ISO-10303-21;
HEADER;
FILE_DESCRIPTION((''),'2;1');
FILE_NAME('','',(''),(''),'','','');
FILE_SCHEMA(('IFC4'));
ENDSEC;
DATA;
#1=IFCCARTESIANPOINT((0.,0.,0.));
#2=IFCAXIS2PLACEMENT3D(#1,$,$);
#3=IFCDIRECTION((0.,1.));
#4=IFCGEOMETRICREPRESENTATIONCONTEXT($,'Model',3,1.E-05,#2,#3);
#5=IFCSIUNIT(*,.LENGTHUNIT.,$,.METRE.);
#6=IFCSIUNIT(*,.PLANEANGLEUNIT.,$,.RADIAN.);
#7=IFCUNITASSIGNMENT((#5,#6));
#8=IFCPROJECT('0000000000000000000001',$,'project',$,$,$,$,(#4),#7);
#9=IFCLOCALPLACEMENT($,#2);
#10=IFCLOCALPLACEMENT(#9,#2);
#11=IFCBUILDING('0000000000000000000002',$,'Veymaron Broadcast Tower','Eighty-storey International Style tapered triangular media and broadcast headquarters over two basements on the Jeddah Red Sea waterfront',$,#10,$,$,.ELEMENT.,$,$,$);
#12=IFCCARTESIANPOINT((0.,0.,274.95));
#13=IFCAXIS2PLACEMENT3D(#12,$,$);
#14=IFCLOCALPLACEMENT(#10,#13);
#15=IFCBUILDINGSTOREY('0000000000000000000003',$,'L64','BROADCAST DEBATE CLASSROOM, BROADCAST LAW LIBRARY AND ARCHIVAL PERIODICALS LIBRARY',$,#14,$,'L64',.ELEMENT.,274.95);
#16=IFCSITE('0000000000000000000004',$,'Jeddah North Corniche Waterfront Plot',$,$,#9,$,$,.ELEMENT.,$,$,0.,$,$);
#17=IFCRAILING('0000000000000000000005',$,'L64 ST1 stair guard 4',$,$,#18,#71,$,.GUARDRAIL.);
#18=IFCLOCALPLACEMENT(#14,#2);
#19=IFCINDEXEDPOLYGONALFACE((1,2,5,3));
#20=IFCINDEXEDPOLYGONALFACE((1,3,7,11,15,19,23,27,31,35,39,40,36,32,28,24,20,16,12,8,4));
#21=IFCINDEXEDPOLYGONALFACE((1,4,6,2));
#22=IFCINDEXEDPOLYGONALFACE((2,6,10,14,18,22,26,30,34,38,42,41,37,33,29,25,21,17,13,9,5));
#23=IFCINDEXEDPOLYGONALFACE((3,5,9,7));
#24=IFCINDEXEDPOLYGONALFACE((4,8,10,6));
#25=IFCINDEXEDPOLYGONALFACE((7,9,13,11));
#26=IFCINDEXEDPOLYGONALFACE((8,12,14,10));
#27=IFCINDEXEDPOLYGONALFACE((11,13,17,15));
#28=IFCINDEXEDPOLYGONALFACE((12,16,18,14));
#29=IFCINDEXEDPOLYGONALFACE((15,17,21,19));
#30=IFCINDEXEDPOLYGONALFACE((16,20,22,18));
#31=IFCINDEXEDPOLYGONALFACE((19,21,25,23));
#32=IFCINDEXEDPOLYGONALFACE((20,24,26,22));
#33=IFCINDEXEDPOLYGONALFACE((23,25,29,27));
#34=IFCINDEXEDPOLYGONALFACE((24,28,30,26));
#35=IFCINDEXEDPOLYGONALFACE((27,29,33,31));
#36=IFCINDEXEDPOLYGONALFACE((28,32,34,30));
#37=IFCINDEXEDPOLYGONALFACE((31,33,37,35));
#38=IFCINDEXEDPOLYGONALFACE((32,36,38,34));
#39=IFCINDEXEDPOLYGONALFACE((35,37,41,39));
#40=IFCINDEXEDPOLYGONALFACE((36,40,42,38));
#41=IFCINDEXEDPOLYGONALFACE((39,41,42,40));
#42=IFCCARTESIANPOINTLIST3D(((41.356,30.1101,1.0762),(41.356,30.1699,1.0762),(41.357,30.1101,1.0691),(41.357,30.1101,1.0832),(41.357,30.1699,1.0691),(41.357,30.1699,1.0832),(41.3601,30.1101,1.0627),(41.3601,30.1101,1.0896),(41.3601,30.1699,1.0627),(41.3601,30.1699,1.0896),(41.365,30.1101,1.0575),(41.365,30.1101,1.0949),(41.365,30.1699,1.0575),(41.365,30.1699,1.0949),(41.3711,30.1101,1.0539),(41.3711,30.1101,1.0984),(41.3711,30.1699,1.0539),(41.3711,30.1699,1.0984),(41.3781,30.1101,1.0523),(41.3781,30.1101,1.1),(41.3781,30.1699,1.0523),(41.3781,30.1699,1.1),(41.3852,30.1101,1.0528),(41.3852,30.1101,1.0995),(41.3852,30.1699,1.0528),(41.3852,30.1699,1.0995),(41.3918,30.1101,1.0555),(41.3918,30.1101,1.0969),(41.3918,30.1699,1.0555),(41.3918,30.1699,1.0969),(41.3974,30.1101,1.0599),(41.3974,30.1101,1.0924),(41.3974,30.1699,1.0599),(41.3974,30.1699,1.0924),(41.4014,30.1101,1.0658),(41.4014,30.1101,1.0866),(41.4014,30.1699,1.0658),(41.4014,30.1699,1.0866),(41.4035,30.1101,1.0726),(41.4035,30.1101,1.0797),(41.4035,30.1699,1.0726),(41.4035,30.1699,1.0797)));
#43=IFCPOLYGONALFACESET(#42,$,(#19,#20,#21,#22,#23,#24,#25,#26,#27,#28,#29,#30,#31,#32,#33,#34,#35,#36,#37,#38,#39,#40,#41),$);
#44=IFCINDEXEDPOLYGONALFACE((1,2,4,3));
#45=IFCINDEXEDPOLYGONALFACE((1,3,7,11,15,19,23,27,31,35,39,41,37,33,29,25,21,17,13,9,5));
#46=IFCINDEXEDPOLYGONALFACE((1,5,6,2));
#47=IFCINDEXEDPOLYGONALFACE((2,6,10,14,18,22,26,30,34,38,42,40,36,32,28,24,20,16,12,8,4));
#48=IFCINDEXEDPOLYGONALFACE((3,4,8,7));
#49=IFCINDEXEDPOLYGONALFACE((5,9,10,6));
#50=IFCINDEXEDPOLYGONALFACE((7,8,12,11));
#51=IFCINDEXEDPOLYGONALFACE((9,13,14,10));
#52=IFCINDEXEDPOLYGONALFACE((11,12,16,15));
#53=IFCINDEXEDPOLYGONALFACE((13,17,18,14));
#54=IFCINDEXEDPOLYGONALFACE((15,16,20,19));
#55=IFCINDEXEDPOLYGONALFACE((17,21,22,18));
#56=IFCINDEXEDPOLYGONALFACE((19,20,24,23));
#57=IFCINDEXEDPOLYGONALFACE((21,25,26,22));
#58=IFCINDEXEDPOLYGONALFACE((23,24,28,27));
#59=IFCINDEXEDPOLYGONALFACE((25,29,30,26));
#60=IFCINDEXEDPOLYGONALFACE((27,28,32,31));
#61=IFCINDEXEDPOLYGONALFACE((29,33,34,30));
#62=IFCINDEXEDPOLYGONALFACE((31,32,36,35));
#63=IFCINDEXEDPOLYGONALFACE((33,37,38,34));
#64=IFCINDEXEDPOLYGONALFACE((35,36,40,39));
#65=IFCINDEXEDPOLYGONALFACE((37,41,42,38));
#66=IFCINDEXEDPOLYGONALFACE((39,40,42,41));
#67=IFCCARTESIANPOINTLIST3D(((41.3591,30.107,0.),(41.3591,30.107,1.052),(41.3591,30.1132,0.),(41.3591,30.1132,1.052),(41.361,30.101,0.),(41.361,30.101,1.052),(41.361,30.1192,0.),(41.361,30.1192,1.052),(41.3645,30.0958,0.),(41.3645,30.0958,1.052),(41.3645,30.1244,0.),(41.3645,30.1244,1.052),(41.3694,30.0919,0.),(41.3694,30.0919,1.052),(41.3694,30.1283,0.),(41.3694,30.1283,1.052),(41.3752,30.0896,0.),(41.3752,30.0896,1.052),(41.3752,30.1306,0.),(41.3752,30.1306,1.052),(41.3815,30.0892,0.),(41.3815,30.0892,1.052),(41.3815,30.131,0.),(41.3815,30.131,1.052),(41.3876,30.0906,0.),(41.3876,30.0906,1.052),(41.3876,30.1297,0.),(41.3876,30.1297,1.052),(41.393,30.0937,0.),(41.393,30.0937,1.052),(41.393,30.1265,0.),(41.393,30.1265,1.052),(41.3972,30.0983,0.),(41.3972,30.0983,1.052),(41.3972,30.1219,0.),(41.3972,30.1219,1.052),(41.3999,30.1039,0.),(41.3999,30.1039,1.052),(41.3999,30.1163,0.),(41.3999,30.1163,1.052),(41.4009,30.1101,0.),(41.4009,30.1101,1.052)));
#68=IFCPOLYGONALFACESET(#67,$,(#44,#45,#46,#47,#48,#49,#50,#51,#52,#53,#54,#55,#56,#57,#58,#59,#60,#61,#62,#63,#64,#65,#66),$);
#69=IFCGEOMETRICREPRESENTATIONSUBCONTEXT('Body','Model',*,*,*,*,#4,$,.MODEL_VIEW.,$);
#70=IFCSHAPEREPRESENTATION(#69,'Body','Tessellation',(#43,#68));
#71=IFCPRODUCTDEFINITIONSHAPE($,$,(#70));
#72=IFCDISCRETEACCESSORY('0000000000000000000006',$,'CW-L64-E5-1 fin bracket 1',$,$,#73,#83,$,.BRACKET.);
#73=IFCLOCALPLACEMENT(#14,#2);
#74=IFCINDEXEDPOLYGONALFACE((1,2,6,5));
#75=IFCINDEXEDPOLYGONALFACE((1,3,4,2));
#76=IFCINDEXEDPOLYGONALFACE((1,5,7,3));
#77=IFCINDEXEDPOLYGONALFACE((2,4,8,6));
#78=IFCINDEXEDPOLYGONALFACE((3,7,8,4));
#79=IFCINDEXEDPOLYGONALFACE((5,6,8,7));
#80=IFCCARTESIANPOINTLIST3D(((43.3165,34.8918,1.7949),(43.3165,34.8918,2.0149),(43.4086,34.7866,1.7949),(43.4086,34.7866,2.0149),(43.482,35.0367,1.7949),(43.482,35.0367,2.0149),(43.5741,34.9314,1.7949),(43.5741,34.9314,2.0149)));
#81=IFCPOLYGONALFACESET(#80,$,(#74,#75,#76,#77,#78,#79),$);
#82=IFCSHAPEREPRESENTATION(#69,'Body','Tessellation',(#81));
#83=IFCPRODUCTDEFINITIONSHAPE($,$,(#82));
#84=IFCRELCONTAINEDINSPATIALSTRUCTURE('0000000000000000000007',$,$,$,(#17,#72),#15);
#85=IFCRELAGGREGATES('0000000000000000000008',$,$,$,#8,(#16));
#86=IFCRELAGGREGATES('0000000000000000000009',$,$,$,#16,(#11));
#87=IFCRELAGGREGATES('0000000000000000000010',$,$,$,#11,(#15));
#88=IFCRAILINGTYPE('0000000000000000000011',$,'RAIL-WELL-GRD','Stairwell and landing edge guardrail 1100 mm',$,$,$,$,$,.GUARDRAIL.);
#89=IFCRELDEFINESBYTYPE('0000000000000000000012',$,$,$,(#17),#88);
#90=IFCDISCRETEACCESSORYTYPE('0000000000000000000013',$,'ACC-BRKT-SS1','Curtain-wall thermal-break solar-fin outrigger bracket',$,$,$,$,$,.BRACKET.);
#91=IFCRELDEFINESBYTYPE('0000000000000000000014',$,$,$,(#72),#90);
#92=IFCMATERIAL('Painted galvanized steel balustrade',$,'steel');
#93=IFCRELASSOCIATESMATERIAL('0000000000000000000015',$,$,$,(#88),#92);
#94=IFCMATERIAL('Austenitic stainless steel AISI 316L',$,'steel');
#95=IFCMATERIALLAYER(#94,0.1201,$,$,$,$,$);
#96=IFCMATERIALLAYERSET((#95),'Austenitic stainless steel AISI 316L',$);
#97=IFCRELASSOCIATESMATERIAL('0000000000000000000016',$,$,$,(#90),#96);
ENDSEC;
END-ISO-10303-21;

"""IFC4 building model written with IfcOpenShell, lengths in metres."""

from ifc_helpers import new_model, si_unit, direction, frame, origin, origin_2d, place, context, subcontext, project, spatial, rectangle, circle, extrude, material, layer, layer_set, type_object, element, save


model = new_model("IFC4")

# Units and contexts
model_context = context("Model", 3, precision=1e-05, world=origin(), true_north=direction((0.0, 1.0)))
body_context = subcontext(model_context, "Body", "Model", "MODEL_VIEW")
ifc_project = project(units=[si_unit("LENGTHUNIT", "METRE"), si_unit("PLANEANGLEUNIT", "RADIAN")], contexts=[model_context])

# Site, building, storey
site_placement = place(None, origin())
site = spatial("IfcSite", under=ifc_project, at=site_placement, Name="Jeddah North Corniche Waterfront Plot", CompositionType="ELEMENT", RefElevation=0.0)
building_placement = place(site_placement, origin())
building = spatial("IfcBuilding", under=site, at=building_placement, Name="Veymaron Broadcast Tower", Description="Eighty-storey International Style tapered triangular media and broadcast headquarters over two basements on the Jeddah Red Sea waterfront", CompositionType="ELEMENT")
storey_placement = place(building_placement, frame((0.0, 0.0, 274.95)))
storey = spatial("IfcBuildingStorey", under=building, at=storey_placement, Name="L64", Description="BROADCAST DEBATE CLASSROOM, BROADCAST LAW LIBRARY AND ARCHIVAL PERIODICALS LIBRARY", LongName="L64", CompositionType="ELEMENT", Elevation=274.95)

# Railing
ifc_material_1 = material(Name="Painted galvanized steel balustrade", Category="steel")
railing_type_1 = type_object("IfcRailingType", Name="RAIL-WELL-GRD", Description="Stairwell and landing edge guardrail 1100 mm", PredefinedType="GUARDRAIL", material=ifc_material_1)
railing_1_placement = place(storey_placement, frame((41.3799, 30.1101, 0.0)))
element("IfcRailing", 1, at=railing_1_placement, inside=storey, type_object=railing_type_1, Name="L64 ST1 stair guard 4", PredefinedType="GUARDRAIL", context=body_context, shape_type="SweptSolid", body=[
    extrude(circle(Radius=0.0239, at=origin_2d()), frame((0.0, 0.0, 1.0762), z_axis=(0.0, 1.0, 0.0), x_axis=(-1.0, 0.0, 0.0)), (0.0, 0.0, 1.0), 0.0598),
    extrude(circle(Radius=0.021, at=origin_2d()), origin(), (0.0, 0.0, 1.0), 1.052),
])

# Discrete accessory
ifc_material_2 = material(Name="Austenitic stainless steel AISI 316L", Category="steel")
ifc_layer_1 = layer(ifc_material_2, 0.1201)
ifc_layer_set_1 = layer_set([ifc_layer_1], Name="Austenitic stainless steel AISI 316L")
discrete_accessory_type = type_object("IfcDiscreteAccessoryType", Name="ACC-BRKT-SS1", Description="Curtain-wall thermal-break solar-fin outrigger bracket", PredefinedType="BRACKET", material=ifc_layer_set_1)
discrete_accessory_placement = place(storey_placement, frame((43.4453, 34.9116, 1.7949), z_axis=(0.0, 0.0, 1.0), x_axis=(0.75253, 0.658558, 0.0)))
element("IfcDiscreteAccessory", 2, at=discrete_accessory_placement, inside=storey, type_object=discrete_accessory_type, Name="CW-L64-E5-1 fin bracket 1", PredefinedType="BRACKET", context=body_context, shape_type="SweptSolid", body=[
    extrude(rectangle(XDim=0.22, YDim=0.1399, at=origin_2d()), origin(), (0.0, 0.0, 1.0), 0.22),
])

save(model, "model.ifc")
